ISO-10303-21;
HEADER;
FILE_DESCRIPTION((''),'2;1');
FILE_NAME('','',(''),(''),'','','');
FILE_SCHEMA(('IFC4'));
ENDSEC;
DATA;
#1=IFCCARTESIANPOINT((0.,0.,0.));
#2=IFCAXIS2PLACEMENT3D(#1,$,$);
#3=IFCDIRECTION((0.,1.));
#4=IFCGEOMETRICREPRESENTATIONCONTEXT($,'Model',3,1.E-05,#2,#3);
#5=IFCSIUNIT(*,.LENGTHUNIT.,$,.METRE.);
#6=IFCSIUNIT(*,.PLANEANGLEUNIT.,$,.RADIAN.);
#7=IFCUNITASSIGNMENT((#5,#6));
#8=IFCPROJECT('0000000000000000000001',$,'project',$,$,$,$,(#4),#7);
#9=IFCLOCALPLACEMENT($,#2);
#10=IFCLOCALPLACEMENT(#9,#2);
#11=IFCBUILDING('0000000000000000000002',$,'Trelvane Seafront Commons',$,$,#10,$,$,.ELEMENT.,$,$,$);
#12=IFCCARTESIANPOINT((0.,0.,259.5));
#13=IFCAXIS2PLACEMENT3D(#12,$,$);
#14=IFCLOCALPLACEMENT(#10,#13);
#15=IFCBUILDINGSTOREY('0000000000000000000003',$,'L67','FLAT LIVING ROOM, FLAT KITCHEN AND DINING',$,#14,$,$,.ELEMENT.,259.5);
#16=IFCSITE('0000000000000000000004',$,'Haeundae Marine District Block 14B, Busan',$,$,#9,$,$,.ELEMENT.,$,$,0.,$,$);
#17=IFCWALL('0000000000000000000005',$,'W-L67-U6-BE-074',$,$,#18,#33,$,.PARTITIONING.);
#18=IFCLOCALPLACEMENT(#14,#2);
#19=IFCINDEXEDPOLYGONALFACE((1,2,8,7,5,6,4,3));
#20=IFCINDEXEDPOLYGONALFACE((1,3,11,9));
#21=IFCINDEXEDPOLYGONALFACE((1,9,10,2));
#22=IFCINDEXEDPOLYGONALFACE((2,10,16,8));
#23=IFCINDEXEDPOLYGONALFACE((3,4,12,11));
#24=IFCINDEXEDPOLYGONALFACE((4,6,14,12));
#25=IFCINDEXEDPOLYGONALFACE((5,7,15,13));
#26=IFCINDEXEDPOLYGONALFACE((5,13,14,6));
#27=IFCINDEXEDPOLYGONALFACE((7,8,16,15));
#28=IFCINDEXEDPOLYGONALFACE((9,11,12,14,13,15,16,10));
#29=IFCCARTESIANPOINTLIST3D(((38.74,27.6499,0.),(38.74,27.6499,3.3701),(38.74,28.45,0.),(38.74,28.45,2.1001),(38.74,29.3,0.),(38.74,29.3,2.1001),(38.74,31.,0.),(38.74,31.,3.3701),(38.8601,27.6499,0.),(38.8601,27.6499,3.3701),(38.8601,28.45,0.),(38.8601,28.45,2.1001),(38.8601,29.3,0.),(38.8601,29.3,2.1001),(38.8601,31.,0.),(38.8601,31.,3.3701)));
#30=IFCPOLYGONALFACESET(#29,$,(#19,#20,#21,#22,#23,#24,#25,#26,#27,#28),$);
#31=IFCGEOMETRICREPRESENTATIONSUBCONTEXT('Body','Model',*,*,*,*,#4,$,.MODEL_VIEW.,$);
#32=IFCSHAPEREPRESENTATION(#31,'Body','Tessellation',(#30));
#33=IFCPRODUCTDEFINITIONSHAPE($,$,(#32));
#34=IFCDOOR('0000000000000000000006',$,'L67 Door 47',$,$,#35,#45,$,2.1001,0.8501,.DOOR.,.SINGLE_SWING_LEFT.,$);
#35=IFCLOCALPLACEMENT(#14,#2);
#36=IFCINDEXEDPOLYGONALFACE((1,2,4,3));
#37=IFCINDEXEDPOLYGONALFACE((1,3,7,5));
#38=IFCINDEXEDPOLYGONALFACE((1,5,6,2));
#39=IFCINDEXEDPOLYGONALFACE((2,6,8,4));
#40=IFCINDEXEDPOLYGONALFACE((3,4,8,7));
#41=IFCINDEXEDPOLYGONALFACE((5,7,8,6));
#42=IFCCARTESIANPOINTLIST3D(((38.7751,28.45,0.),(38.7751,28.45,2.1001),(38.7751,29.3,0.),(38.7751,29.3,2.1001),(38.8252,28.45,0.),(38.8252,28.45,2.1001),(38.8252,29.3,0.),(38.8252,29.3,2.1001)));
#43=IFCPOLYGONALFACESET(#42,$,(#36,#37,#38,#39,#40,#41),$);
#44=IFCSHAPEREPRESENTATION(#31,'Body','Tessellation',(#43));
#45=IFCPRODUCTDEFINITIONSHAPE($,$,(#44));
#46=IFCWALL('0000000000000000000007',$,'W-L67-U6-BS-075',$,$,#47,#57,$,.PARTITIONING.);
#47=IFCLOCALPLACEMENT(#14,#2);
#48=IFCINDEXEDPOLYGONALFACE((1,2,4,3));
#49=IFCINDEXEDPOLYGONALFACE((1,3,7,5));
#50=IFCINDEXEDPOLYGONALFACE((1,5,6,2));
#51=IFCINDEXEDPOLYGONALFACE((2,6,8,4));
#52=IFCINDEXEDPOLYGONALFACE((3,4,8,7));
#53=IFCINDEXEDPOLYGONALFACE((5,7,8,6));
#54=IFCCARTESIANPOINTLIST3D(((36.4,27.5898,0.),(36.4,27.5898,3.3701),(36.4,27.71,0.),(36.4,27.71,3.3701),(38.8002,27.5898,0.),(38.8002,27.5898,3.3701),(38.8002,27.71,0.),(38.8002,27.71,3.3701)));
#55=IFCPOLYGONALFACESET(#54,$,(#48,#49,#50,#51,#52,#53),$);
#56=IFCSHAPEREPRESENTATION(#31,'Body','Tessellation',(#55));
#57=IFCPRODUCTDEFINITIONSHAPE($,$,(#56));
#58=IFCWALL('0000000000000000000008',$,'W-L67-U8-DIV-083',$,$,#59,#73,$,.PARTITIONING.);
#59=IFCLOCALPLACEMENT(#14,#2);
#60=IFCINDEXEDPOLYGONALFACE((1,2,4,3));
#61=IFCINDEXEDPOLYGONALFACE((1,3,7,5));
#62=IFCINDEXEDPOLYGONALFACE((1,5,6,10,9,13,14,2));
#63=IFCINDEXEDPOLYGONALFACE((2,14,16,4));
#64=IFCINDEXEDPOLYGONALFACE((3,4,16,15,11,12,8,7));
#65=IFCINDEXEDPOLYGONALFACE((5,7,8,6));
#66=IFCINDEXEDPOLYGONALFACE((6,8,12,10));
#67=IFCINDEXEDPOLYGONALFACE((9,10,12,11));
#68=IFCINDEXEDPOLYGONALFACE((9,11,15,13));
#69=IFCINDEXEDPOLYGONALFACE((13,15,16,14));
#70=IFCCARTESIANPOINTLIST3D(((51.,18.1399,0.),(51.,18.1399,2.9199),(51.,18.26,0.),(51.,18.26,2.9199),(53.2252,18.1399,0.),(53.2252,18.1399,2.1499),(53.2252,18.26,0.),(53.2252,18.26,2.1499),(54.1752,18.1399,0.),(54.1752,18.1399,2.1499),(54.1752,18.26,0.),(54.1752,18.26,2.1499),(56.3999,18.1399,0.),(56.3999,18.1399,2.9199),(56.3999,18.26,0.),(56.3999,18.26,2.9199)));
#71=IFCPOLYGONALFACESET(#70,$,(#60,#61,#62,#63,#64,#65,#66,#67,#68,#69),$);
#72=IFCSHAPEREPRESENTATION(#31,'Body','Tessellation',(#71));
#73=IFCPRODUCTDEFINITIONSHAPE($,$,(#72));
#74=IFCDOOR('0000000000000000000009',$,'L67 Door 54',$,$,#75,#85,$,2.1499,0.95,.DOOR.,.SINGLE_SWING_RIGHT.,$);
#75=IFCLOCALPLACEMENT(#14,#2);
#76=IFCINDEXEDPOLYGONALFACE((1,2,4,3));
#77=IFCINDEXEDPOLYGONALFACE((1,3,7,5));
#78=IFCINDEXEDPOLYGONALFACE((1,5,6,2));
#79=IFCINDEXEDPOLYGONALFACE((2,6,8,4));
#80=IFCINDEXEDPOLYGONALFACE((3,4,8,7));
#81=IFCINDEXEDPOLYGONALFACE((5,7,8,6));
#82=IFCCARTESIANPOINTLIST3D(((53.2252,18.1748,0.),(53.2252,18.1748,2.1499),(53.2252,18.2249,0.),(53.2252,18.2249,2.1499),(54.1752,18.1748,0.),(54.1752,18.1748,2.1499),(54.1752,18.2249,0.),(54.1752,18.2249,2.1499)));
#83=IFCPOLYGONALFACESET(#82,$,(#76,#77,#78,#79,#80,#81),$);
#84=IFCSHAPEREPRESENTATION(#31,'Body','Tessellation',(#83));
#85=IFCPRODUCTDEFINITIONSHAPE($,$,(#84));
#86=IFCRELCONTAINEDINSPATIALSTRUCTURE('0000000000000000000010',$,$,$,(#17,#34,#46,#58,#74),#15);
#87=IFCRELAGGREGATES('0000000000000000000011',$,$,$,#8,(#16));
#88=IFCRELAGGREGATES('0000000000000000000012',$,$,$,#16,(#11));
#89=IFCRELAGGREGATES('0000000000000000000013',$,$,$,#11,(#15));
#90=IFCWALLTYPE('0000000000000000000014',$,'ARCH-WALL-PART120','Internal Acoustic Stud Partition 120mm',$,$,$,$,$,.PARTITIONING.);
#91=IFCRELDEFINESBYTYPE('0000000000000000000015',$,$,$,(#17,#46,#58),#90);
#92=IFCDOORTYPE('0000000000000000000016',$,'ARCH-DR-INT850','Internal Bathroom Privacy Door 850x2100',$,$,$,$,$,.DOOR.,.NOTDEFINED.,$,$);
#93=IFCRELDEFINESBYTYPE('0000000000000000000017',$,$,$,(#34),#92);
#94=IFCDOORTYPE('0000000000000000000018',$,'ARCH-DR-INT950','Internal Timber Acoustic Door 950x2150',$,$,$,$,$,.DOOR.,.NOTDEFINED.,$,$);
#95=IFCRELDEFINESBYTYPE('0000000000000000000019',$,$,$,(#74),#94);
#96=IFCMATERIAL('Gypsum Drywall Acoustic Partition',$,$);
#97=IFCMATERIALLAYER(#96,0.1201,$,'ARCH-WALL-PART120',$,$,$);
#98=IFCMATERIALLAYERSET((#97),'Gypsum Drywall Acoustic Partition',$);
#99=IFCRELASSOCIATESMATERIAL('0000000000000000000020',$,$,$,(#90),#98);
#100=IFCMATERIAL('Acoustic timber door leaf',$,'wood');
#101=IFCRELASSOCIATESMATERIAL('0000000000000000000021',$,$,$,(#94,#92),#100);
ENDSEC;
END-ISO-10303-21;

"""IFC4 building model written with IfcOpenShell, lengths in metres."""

from ifc_helpers import new_model, si_unit, direction, frame, frame_2d, origin, place, context, subcontext, project, spatial, rectangle, extrude, source, transform, mapped, material, layer, layer_set, type_object, element, fill, save


model = new_model("IFC4")

# Units and contexts
model_context = context("Model", 3, precision=1e-05, world=origin(), true_north=direction((0.0, 1.0)))
body_context = subcontext(model_context, "Body", "Model", "MODEL_VIEW")
ifc_project = project(units=[si_unit("LENGTHUNIT", "METRE"), si_unit("PLANEANGLEUNIT", "RADIAN")], contexts=[model_context])

# Site, building, storey
site_placement = place(None, origin())
site = spatial("IfcSite", under=ifc_project, at=site_placement, Name="Haeundae Marine District Block 14B, Busan", CompositionType="ELEMENT", RefElevation=0.0)
building_placement = place(site_placement, origin())
building = spatial("IfcBuilding", under=site, at=building_placement, Name="Trelvane Seafront Commons", CompositionType="ELEMENT")
storey_placement = place(building_placement, frame((0.0, 0.0, 259.5)))
storey = spatial("IfcBuildingStorey", under=building, at=storey_placement, Name="L67", Description="FLAT LIVING ROOM, FLAT KITCHEN AND DINING", CompositionType="ELEMENT", Elevation=259.5)

# Wall, opening, door
ifc_material_1 = material(Name="Gypsum Drywall Acoustic Partition")
ifc_layer = layer(ifc_material_1, 0.1201, Name="ARCH-WALL-PART120")
ifc_layer_set = layer_set([ifc_layer], Name="Gypsum Drywall Acoustic Partition")
wall_type = type_object("IfcWallType", Name="ARCH-WALL-PART120", Description="Internal Acoustic Stud Partition 120mm", PredefinedType="PARTITIONING", material=ifc_layer_set)
ifc_material_2 = material(Name="Acoustic timber door leaf", Category="wood")
door_type_1 = type_object("IfcDoorType", Name="ARCH-DR-INT950", Description="Internal Timber Acoustic Door 950x2150", OperationType="NOTDEFINED", PredefinedType="DOOR", material=ifc_material_2)
shared_shape_1 = source(origin(), body_context, "Body", "SweptSolid", [
    extrude(rectangle(XDim=0.95, YDim=2.1499, at=frame_2d((0.4751, 1.075))), frame((0.0, 0.0249, 0.0), z_axis=(0.0, -1.0, 0.0), x_axis=(1.0, 0.0, 0.0)), (0.0, 0.0, 1.0), 0.05),
])
wall_1_placement = place(storey_placement, frame((38.8, 27.6499, 0.0), z_axis=(0.0, 0.0, 1.0), x_axis=(0.0, 1.0, 0.0)))
wall_1 = element("IfcWall", 1, at=wall_1_placement, inside=storey, type_object=wall_type, Name="W-L67-U6-BE-074", PredefinedType="PARTITIONING", context=body_context, shape_type="SweptSolid", body=[
    extrude(rectangle(XDim=3.3501, YDim=0.1201, at=frame_2d((1.675, 0.0))), origin(), (0.0, 0.0, 1.0), 3.3701),
])
opening_1_placement = place(wall_1_placement, frame((0.8, 0.0, 0.0)))
opening_1 = element("IfcOpeningElement", 2, at=opening_1_placement, cuts=wall_1, PredefinedType="OPENING", context=body_context, shape_type="SweptSolid", body=[
    extrude(rectangle(XDim=0.8501, YDim=2.1001, at=frame_2d((0.425, 1.05))), frame((0.0, 0.0701, 0.0), z_axis=(0.0, -1.0, 0.0), x_axis=(1.0, 0.0, 0.0)), (0.0, 0.0, 1.0), 0.1401),
])
door_type_2 = type_object("IfcDoorType", Name="ARCH-DR-INT850", Description="Internal Bathroom Privacy Door 850x2100", OperationType="NOTDEFINED", PredefinedType="DOOR", material=ifc_material_2)
shared_shape_2 = source(origin(), body_context, "Body", "SweptSolid", [
    extrude(rectangle(XDim=0.8501, YDim=2.1001, at=frame_2d((0.425, 1.05))), frame((0.0, 0.0249, 0.0), z_axis=(0.0, -1.0, 0.0), x_axis=(1.0, 0.0, 0.0)), (0.0, 0.0, 1.0), 0.05),
])
door_1_placement = place(opening_1_placement, origin())
door_1 = element("IfcDoor", 3, at=door_1_placement, inside=storey, type_object=door_type_2, Name="L67 Door 47", OperationType="SINGLE_SWING_LEFT", OverallHeight=2.1001, OverallWidth=0.8501, PredefinedType="DOOR", context=body_context, shape_type="MappedRepresentation", body=[
    mapped(shared_shape_2, transform((0.0, 0.0, 0.0), x_axis=(1.0, 0.0, 0.0), y_axis=(0.0, 1.0, 0.0), z_axis=(0.0, 0.0, 1.0), scale=1.0)),
])
fill(opening_1, door_1)

# Wall
wall_2_placement = place(storey_placement, frame((36.3999, 27.6499, 0.0), z_axis=(0.0, 0.0, 1.0), x_axis=(1.0, 0.0, 0.0)))
element("IfcWall", 4, at=wall_2_placement, inside=storey, type_object=wall_type, Name="W-L67-U6-BS-075", PredefinedType="PARTITIONING", context=body_context, shape_type="SweptSolid", body=[
    extrude(rectangle(XDim=2.4001, YDim=0.1201, at=frame_2d((1.2002, 0.0))), origin(), (0.0, 0.0, 1.0), 3.3701),
])

# Wall, opening, door
wall_3_placement = place(storey_placement, frame((51.0, 18.2, 0.0), z_axis=(0.0, 0.0, 1.0), x_axis=(1.0, 0.0, 0.0)))
wall_3 = element("IfcWall", 5, at=wall_3_placement, inside=storey, type_object=wall_type, Name="W-L67-U8-DIV-083", PredefinedType="PARTITIONING", context=body_context, shape_type="SweptSolid", body=[
    extrude(rectangle(XDim=5.3999, YDim=0.1201, at=frame_2d((2.7, 0.0))), origin(), (0.0, 0.0, 1.0), 2.9199),
])
opening_2_placement = place(wall_3_placement, frame((2.2251, 0.0, 0.0)))
opening_2 = element("IfcOpeningElement", 6, at=opening_2_placement, cuts=wall_3, PredefinedType="OPENING", context=body_context, shape_type="SweptSolid", body=[
    extrude(rectangle(XDim=0.95, YDim=2.1499, at=frame_2d((0.4751, 1.075))), frame((0.0, 0.0701, 0.0), z_axis=(0.0, -1.0, 0.0), x_axis=(1.0, 0.0, 0.0)), (0.0, 0.0, 1.0), 0.1401),
])
door_2_placement = place(opening_2_placement, origin())
door_2 = element("IfcDoor", 7, at=door_2_placement, inside=storey, type_object=door_type_1, Name="L67 Door 54", OperationType="SINGLE_SWING_RIGHT", OverallHeight=2.1499, OverallWidth=0.95, PredefinedType="DOOR", context=body_context, shape_type="MappedRepresentation", body=[
    mapped(shared_shape_1, transform((0.0, 0.0, 0.0), x_axis=(1.0, 0.0, 0.0), y_axis=(0.0, 1.0, 0.0), z_axis=(0.0, 0.0, 1.0), scale=1.0)),
])
fill(opening_2, door_2)

save(model, "model.ifc")
